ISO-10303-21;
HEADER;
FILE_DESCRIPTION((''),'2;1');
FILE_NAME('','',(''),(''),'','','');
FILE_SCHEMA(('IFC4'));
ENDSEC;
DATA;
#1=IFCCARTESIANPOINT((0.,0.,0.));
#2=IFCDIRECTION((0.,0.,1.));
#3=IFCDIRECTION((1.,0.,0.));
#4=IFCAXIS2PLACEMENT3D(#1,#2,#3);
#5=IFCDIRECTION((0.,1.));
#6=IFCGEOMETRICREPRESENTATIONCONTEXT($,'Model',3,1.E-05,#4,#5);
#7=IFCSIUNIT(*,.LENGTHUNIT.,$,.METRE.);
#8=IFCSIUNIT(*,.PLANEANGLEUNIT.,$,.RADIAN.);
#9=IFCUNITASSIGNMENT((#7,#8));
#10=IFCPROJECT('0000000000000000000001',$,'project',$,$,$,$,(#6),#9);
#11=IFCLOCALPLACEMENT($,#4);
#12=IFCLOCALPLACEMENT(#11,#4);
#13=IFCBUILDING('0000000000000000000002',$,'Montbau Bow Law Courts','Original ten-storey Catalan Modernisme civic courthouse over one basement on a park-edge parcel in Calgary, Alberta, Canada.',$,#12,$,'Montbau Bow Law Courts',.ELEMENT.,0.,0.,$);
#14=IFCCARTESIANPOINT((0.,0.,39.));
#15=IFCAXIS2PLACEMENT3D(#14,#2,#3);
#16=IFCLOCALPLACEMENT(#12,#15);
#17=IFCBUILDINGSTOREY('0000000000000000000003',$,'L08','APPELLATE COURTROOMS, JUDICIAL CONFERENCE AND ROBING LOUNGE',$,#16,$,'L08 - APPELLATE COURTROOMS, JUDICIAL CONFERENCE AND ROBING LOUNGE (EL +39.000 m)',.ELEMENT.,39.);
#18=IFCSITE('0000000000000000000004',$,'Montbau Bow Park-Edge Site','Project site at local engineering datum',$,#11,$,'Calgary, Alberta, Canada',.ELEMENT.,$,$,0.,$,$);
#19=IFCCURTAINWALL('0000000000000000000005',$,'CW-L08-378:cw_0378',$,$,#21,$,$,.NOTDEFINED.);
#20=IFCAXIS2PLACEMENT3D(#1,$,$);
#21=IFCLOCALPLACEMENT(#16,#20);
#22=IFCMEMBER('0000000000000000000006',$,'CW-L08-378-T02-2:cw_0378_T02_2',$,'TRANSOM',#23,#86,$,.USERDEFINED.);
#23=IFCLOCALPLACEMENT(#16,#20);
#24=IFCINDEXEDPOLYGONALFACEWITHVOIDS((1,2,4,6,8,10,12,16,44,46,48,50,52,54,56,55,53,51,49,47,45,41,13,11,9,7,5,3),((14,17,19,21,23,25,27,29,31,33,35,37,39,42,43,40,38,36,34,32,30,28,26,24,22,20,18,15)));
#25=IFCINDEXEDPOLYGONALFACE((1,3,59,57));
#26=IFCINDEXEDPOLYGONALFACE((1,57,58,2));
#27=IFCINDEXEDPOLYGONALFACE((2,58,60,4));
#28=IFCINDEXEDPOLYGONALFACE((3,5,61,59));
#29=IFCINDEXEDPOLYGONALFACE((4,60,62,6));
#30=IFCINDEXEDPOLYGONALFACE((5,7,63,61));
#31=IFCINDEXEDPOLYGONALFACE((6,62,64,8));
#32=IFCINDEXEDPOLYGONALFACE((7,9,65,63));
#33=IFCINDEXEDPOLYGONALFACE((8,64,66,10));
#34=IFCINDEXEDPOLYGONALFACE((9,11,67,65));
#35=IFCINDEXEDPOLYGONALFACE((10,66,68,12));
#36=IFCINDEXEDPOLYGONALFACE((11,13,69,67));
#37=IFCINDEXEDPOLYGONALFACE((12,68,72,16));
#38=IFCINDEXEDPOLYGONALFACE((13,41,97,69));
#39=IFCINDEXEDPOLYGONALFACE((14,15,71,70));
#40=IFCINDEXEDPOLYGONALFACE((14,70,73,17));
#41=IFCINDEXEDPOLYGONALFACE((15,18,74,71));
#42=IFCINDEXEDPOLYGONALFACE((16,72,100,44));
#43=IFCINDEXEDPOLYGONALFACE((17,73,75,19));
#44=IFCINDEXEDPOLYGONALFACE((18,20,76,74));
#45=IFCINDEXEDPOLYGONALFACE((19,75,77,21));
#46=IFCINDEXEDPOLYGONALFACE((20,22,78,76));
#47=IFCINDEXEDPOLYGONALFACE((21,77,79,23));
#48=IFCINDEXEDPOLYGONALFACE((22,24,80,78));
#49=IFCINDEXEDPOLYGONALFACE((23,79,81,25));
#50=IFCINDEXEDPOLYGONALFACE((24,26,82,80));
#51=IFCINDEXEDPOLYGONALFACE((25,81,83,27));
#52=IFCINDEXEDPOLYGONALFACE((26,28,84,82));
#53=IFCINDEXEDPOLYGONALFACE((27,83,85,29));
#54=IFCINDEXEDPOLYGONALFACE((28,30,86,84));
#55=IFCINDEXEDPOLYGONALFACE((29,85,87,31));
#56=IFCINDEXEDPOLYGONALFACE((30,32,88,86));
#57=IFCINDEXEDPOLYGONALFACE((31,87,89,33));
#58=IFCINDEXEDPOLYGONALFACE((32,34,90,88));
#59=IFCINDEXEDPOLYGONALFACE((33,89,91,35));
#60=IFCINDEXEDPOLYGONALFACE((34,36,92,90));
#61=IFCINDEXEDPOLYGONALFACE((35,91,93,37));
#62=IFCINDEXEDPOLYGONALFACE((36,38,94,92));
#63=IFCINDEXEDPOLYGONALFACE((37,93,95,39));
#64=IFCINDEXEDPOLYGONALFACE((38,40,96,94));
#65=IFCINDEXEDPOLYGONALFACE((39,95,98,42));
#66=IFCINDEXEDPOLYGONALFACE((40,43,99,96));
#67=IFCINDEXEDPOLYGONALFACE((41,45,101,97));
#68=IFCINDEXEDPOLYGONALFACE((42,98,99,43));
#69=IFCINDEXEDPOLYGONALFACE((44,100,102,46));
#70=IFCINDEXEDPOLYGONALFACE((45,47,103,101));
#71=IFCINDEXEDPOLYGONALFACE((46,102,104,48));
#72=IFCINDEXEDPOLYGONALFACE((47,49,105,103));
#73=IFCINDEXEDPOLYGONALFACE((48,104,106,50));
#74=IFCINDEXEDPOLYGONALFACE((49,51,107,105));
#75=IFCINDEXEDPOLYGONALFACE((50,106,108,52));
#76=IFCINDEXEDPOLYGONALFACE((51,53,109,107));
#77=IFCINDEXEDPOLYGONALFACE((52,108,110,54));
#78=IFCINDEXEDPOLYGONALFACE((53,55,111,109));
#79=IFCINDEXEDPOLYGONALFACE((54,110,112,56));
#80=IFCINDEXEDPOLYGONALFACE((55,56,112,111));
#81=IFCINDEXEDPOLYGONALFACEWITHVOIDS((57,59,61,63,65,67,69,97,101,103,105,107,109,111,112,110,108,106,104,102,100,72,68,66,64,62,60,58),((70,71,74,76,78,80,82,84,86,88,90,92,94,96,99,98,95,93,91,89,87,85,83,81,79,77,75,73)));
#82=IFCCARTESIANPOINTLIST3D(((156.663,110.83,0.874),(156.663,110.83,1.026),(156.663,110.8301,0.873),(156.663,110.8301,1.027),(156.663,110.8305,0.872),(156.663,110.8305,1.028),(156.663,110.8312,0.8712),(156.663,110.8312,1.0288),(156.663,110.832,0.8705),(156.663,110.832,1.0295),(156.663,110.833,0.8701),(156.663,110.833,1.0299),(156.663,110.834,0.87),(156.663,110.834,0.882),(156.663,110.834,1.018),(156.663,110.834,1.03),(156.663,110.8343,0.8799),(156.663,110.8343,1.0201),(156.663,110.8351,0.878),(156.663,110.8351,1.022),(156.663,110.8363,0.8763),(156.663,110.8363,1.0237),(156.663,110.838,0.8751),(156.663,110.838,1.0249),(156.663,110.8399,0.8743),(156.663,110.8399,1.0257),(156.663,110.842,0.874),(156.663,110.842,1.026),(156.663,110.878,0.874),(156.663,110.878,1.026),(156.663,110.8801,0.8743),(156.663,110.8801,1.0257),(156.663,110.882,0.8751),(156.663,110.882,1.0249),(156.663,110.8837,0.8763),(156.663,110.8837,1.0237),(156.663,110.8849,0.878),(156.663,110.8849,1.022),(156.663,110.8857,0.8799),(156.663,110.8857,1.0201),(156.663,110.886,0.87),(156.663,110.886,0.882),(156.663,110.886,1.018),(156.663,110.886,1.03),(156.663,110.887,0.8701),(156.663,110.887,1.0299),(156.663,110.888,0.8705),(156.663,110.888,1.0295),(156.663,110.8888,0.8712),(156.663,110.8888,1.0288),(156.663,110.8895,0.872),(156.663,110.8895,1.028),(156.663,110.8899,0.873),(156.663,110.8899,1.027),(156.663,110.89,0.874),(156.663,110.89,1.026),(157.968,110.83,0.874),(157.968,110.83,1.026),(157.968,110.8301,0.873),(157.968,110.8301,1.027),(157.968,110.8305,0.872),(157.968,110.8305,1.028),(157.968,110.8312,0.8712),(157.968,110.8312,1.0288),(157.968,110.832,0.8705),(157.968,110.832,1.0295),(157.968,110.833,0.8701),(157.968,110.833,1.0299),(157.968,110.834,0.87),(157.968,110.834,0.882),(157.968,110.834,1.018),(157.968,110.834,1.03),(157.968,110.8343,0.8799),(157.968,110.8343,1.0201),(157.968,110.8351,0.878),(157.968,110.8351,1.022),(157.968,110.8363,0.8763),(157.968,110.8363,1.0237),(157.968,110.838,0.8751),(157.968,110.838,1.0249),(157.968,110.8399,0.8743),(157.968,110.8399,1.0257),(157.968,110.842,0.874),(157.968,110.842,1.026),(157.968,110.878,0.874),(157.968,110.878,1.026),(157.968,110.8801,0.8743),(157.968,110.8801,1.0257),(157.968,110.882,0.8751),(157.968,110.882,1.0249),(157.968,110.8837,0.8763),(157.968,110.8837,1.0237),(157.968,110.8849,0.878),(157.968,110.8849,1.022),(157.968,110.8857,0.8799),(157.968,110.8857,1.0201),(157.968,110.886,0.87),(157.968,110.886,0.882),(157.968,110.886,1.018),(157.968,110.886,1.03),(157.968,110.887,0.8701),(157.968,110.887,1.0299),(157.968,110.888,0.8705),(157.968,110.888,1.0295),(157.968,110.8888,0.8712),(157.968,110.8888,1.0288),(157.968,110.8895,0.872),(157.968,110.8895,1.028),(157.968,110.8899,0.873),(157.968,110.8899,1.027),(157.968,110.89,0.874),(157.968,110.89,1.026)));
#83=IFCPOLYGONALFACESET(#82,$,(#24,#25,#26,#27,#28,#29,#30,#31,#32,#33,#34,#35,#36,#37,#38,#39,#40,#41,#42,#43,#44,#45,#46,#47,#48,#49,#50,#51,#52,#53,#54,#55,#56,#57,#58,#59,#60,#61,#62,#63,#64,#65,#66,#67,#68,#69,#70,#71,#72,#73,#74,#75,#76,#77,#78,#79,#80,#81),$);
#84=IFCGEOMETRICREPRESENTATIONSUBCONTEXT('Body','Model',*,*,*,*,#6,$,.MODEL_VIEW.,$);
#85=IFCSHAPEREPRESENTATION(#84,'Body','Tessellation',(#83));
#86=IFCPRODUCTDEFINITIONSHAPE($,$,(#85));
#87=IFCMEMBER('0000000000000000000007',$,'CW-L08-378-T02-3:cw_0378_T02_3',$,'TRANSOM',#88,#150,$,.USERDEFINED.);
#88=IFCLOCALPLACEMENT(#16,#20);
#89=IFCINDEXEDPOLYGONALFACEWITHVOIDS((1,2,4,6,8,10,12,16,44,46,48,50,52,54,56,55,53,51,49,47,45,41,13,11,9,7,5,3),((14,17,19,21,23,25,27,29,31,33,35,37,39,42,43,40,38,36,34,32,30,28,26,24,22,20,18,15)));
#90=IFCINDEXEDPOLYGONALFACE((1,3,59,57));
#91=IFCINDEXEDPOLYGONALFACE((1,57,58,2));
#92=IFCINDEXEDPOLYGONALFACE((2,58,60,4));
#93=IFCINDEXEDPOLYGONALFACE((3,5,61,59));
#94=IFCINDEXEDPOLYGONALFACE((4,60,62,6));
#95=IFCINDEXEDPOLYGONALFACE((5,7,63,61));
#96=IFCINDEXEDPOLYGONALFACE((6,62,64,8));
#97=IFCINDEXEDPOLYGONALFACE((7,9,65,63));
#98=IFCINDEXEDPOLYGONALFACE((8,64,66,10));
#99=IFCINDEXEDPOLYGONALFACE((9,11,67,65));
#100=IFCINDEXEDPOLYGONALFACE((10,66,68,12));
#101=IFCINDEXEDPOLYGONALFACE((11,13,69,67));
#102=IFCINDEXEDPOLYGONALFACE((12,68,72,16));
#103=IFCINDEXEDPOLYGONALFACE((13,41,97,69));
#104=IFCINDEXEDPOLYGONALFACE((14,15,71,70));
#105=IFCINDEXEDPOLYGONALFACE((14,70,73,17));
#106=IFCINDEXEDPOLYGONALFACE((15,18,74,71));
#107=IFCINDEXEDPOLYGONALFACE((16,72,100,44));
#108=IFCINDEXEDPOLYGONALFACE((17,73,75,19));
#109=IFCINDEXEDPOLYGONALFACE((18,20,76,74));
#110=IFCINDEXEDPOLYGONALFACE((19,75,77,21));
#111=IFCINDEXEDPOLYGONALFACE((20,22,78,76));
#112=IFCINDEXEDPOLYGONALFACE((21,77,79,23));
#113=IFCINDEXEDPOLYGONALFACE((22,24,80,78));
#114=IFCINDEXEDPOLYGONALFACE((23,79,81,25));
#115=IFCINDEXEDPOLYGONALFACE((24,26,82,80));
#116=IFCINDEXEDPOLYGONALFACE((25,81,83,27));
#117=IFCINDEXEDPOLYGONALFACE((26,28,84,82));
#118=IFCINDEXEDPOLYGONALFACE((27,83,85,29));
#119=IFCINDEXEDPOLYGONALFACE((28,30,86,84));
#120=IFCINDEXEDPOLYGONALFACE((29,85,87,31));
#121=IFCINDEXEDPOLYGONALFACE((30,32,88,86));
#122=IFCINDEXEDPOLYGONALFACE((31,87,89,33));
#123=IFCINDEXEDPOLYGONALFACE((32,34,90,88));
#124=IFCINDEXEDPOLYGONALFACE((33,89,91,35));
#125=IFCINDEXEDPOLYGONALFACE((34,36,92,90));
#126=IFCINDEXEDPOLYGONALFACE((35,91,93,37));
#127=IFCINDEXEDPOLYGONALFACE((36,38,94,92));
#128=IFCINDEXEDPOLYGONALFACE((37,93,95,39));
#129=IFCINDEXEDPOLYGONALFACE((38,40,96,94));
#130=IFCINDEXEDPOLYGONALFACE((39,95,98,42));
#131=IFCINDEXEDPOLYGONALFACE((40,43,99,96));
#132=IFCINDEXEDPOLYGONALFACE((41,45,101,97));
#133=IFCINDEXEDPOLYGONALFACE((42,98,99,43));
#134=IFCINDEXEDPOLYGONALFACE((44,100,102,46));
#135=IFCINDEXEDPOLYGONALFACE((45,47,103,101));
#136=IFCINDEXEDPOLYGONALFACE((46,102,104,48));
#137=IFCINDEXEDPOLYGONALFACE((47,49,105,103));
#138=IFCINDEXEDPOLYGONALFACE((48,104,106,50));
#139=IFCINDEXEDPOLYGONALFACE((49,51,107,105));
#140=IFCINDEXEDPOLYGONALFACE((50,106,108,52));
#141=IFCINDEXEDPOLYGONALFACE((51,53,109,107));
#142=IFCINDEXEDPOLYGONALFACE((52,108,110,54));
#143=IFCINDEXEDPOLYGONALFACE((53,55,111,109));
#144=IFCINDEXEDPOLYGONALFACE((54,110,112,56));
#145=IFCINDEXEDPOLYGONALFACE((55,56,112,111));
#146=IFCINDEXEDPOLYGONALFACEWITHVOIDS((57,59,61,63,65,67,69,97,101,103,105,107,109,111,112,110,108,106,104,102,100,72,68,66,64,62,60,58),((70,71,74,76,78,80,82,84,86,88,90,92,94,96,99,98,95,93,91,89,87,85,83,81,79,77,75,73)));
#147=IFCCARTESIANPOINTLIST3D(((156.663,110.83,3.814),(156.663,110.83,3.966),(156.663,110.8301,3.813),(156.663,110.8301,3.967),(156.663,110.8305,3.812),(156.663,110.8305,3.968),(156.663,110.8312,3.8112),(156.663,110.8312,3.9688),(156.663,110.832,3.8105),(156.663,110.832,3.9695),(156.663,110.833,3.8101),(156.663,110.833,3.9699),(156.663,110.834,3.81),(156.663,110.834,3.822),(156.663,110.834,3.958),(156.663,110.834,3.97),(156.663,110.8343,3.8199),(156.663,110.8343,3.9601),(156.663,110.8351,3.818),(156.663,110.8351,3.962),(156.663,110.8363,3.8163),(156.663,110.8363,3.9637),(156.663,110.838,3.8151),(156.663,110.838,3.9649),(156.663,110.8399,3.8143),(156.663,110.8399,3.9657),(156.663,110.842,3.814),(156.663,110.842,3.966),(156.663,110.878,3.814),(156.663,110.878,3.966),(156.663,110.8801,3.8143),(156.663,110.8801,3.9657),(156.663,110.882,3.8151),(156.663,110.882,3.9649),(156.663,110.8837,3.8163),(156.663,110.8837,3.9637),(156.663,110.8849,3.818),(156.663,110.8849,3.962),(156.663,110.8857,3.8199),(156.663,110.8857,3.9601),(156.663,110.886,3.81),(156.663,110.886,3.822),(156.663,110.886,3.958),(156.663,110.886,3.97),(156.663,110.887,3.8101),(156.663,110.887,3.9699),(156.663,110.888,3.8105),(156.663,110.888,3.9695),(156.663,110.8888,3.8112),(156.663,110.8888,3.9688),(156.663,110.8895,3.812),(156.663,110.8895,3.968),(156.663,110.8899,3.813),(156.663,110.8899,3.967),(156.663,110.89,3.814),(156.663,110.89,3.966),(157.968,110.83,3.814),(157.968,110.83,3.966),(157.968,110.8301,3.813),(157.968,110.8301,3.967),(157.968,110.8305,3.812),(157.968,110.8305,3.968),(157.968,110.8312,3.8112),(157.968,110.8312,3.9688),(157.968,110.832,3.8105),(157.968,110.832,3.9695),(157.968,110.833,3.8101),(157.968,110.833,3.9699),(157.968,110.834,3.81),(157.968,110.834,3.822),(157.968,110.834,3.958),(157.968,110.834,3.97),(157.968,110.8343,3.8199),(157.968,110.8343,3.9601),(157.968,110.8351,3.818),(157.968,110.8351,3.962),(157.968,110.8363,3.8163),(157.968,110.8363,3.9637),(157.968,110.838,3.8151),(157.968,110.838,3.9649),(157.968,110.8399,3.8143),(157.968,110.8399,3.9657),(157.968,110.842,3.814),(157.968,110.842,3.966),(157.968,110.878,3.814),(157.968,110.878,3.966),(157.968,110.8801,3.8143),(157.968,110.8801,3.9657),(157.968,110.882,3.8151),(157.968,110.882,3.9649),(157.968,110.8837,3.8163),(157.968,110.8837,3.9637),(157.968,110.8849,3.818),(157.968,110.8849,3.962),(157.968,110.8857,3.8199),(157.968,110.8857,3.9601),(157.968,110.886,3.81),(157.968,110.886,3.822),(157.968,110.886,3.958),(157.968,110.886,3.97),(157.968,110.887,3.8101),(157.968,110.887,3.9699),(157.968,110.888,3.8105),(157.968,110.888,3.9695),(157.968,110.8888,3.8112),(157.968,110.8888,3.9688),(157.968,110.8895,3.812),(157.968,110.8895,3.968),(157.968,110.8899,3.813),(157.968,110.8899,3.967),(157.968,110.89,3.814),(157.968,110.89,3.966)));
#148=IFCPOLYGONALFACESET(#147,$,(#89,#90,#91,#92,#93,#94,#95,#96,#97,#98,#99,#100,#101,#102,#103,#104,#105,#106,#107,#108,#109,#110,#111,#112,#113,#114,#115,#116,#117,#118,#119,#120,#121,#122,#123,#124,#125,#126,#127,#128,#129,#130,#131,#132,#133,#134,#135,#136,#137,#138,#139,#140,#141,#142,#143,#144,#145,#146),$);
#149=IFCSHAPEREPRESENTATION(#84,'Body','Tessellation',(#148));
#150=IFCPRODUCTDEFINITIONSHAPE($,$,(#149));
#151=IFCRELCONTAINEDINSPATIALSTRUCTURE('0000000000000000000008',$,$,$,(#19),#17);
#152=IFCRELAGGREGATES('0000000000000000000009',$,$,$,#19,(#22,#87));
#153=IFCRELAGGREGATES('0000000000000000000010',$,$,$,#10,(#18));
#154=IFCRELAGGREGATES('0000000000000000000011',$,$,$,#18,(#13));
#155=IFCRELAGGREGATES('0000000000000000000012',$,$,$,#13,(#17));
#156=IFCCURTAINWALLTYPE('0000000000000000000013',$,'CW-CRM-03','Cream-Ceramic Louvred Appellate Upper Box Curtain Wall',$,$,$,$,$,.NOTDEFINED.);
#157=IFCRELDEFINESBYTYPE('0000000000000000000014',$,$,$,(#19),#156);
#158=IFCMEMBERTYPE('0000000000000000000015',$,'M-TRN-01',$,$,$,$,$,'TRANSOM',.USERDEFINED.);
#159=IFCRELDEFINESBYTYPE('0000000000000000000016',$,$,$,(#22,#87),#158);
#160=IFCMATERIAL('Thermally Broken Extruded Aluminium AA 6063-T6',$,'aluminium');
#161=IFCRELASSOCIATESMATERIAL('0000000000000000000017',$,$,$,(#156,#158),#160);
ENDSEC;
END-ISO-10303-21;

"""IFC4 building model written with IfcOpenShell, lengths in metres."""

from ifc_helpers import new_model, si_unit, direction, frame, origin_with_axes, origin_2d_with_axis, place, context, subcontext, project, spatial, hollow_rectangle, extrude, material, material_profile, profile_set, type_object, element, aggregate, save


model = new_model("IFC4")

# Units and contexts
model_context = context("Model", 3, precision=1e-05, world=origin_with_axes(), true_north=direction((0.0, 1.0)))
body_context = subcontext(model_context, "Body", "Model", "MODEL_VIEW")
ifc_project = project(units=[si_unit("LENGTHUNIT", "METRE"), si_unit("PLANEANGLEUNIT", "RADIAN")], contexts=[model_context])

# Site, building, storey
site_placement = place(None, origin_with_axes())
site = spatial("IfcSite", under=ifc_project, at=site_placement, Name="Montbau Bow Park-Edge Site", Description="Project site at local engineering datum", LongName="Calgary, Alberta, Canada", CompositionType="ELEMENT", RefElevation=0.0)
building_placement = place(site_placement, origin_with_axes())
building = spatial("IfcBuilding", under=site, at=building_placement, Name="Montbau Bow Law Courts", Description="Original ten-storey Catalan Modernisme civic courthouse over one basement on a park-edge parcel in Calgary, Alberta, Canada.", LongName="Montbau Bow Law Courts", CompositionType="ELEMENT", ElevationOfRefHeight=0.0, ElevationOfTerrain=0.0)
storey_placement = place(building_placement, frame((0.0, 0.0, 39.0), z_axis=(0.0, 0.0, 1.0), x_axis=(1.0, 0.0, 0.0)))
storey = spatial("IfcBuildingStorey", under=building, at=storey_placement, Name="L08", Description="APPELLATE COURTROOMS, JUDICIAL CONFERENCE AND ROBING LOUNGE", LongName="L08 - APPELLATE COURTROOMS, JUDICIAL CONFERENCE AND ROBING LOUNGE (EL +39.000 m)", CompositionType="ELEMENT", Elevation=39.0)

# Curtain wall
ifc_material_1 = material(Name="Thermally Broken Extruded Aluminium AA 6063-T6", Category="aluminium")
curtain_wall_type = type_object("IfcCurtainWallType", Name="CW-CRM-03", Description="Cream-Ceramic Louvred Appellate Upper Box Curtain Wall", PredefinedType="NOTDEFINED", material=ifc_material_1)
curtain_wall_1_placement = place(None, frame((155.24, 110.86, 39.0), z_axis=(0.0, 0.0, 1.0), x_axis=(1.0, 0.0, 0.0)))
curtain_wall_1 = element("IfcCurtainWall", 1, at=curtain_wall_1_placement, inside=storey, type_object=curtain_wall_type, Name="CW-L08-378:cw_0378", PredefinedType="NOTDEFINED")

# Members
ifc_material_profile_1 = material_profile(ifc_material_1, hollow_rectangle(XDim=0.06, YDim=0.16, WallThickness=0.004, InnerFilletRadius=0.008, OuterFilletRadius=0.004, at=origin_2d_with_axis()), Name="CWT-160X60", Category="Main", Priority=0)
ifc_profile_set_1 = profile_set([ifc_material_profile_1], Name="Thermally Broken Extruded Aluminium AA 6063-T6")
member_type_1 = type_object("IfcMemberType", Name="M-TRN-01", ElementType="TRANSOM", PredefinedType="USERDEFINED", material=ifc_profile_set_1)
member_1_placement = place(None, frame((156.663, 110.86, 39.95), z_axis=(1.0, 0.0, 0.0), x_axis=(0.0, 1.0, 0.0)))
member_1 = element("IfcMember", 2, at=member_1_placement, type_object=member_type_1, Name="CW-L08-378-T02-2:cw_0378_T02_2", ObjectType="TRANSOM", PredefinedType="USERDEFINED", context=body_context, shape_type="SweptSolid", body=[
    extrude(hollow_rectangle(XDim=0.06, YDim=0.16, WallThickness=0.004, InnerFilletRadius=0.008, OuterFilletRadius=0.004, at=origin_2d_with_axis()), origin_with_axes(), (0.0, 0.0, 1.0), 1.305),
])
member_2_placement = place(None, frame((156.663, 110.86, 42.89), z_axis=(1.0, 0.0, 0.0), x_axis=(0.0, 1.0, 0.0)))
member_2 = element("IfcMember", 3, at=member_2_placement, type_object=member_type_1, Name="CW-L08-378-T02-3:cw_0378_T02_3", ObjectType="TRANSOM", PredefinedType="USERDEFINED", context=body_context, shape_type="SweptSolid", body=[
    extrude(hollow_rectangle(XDim=0.06, YDim=0.16, WallThickness=0.004, InnerFilletRadius=0.008, OuterFilletRadius=0.004, at=origin_2d_with_axis()), origin_with_axes(), (0.0, 0.0, 1.0), 1.305),
])

aggregate(curtain_wall_1, [member_1, member_2])

save(model, "model.ifc")
